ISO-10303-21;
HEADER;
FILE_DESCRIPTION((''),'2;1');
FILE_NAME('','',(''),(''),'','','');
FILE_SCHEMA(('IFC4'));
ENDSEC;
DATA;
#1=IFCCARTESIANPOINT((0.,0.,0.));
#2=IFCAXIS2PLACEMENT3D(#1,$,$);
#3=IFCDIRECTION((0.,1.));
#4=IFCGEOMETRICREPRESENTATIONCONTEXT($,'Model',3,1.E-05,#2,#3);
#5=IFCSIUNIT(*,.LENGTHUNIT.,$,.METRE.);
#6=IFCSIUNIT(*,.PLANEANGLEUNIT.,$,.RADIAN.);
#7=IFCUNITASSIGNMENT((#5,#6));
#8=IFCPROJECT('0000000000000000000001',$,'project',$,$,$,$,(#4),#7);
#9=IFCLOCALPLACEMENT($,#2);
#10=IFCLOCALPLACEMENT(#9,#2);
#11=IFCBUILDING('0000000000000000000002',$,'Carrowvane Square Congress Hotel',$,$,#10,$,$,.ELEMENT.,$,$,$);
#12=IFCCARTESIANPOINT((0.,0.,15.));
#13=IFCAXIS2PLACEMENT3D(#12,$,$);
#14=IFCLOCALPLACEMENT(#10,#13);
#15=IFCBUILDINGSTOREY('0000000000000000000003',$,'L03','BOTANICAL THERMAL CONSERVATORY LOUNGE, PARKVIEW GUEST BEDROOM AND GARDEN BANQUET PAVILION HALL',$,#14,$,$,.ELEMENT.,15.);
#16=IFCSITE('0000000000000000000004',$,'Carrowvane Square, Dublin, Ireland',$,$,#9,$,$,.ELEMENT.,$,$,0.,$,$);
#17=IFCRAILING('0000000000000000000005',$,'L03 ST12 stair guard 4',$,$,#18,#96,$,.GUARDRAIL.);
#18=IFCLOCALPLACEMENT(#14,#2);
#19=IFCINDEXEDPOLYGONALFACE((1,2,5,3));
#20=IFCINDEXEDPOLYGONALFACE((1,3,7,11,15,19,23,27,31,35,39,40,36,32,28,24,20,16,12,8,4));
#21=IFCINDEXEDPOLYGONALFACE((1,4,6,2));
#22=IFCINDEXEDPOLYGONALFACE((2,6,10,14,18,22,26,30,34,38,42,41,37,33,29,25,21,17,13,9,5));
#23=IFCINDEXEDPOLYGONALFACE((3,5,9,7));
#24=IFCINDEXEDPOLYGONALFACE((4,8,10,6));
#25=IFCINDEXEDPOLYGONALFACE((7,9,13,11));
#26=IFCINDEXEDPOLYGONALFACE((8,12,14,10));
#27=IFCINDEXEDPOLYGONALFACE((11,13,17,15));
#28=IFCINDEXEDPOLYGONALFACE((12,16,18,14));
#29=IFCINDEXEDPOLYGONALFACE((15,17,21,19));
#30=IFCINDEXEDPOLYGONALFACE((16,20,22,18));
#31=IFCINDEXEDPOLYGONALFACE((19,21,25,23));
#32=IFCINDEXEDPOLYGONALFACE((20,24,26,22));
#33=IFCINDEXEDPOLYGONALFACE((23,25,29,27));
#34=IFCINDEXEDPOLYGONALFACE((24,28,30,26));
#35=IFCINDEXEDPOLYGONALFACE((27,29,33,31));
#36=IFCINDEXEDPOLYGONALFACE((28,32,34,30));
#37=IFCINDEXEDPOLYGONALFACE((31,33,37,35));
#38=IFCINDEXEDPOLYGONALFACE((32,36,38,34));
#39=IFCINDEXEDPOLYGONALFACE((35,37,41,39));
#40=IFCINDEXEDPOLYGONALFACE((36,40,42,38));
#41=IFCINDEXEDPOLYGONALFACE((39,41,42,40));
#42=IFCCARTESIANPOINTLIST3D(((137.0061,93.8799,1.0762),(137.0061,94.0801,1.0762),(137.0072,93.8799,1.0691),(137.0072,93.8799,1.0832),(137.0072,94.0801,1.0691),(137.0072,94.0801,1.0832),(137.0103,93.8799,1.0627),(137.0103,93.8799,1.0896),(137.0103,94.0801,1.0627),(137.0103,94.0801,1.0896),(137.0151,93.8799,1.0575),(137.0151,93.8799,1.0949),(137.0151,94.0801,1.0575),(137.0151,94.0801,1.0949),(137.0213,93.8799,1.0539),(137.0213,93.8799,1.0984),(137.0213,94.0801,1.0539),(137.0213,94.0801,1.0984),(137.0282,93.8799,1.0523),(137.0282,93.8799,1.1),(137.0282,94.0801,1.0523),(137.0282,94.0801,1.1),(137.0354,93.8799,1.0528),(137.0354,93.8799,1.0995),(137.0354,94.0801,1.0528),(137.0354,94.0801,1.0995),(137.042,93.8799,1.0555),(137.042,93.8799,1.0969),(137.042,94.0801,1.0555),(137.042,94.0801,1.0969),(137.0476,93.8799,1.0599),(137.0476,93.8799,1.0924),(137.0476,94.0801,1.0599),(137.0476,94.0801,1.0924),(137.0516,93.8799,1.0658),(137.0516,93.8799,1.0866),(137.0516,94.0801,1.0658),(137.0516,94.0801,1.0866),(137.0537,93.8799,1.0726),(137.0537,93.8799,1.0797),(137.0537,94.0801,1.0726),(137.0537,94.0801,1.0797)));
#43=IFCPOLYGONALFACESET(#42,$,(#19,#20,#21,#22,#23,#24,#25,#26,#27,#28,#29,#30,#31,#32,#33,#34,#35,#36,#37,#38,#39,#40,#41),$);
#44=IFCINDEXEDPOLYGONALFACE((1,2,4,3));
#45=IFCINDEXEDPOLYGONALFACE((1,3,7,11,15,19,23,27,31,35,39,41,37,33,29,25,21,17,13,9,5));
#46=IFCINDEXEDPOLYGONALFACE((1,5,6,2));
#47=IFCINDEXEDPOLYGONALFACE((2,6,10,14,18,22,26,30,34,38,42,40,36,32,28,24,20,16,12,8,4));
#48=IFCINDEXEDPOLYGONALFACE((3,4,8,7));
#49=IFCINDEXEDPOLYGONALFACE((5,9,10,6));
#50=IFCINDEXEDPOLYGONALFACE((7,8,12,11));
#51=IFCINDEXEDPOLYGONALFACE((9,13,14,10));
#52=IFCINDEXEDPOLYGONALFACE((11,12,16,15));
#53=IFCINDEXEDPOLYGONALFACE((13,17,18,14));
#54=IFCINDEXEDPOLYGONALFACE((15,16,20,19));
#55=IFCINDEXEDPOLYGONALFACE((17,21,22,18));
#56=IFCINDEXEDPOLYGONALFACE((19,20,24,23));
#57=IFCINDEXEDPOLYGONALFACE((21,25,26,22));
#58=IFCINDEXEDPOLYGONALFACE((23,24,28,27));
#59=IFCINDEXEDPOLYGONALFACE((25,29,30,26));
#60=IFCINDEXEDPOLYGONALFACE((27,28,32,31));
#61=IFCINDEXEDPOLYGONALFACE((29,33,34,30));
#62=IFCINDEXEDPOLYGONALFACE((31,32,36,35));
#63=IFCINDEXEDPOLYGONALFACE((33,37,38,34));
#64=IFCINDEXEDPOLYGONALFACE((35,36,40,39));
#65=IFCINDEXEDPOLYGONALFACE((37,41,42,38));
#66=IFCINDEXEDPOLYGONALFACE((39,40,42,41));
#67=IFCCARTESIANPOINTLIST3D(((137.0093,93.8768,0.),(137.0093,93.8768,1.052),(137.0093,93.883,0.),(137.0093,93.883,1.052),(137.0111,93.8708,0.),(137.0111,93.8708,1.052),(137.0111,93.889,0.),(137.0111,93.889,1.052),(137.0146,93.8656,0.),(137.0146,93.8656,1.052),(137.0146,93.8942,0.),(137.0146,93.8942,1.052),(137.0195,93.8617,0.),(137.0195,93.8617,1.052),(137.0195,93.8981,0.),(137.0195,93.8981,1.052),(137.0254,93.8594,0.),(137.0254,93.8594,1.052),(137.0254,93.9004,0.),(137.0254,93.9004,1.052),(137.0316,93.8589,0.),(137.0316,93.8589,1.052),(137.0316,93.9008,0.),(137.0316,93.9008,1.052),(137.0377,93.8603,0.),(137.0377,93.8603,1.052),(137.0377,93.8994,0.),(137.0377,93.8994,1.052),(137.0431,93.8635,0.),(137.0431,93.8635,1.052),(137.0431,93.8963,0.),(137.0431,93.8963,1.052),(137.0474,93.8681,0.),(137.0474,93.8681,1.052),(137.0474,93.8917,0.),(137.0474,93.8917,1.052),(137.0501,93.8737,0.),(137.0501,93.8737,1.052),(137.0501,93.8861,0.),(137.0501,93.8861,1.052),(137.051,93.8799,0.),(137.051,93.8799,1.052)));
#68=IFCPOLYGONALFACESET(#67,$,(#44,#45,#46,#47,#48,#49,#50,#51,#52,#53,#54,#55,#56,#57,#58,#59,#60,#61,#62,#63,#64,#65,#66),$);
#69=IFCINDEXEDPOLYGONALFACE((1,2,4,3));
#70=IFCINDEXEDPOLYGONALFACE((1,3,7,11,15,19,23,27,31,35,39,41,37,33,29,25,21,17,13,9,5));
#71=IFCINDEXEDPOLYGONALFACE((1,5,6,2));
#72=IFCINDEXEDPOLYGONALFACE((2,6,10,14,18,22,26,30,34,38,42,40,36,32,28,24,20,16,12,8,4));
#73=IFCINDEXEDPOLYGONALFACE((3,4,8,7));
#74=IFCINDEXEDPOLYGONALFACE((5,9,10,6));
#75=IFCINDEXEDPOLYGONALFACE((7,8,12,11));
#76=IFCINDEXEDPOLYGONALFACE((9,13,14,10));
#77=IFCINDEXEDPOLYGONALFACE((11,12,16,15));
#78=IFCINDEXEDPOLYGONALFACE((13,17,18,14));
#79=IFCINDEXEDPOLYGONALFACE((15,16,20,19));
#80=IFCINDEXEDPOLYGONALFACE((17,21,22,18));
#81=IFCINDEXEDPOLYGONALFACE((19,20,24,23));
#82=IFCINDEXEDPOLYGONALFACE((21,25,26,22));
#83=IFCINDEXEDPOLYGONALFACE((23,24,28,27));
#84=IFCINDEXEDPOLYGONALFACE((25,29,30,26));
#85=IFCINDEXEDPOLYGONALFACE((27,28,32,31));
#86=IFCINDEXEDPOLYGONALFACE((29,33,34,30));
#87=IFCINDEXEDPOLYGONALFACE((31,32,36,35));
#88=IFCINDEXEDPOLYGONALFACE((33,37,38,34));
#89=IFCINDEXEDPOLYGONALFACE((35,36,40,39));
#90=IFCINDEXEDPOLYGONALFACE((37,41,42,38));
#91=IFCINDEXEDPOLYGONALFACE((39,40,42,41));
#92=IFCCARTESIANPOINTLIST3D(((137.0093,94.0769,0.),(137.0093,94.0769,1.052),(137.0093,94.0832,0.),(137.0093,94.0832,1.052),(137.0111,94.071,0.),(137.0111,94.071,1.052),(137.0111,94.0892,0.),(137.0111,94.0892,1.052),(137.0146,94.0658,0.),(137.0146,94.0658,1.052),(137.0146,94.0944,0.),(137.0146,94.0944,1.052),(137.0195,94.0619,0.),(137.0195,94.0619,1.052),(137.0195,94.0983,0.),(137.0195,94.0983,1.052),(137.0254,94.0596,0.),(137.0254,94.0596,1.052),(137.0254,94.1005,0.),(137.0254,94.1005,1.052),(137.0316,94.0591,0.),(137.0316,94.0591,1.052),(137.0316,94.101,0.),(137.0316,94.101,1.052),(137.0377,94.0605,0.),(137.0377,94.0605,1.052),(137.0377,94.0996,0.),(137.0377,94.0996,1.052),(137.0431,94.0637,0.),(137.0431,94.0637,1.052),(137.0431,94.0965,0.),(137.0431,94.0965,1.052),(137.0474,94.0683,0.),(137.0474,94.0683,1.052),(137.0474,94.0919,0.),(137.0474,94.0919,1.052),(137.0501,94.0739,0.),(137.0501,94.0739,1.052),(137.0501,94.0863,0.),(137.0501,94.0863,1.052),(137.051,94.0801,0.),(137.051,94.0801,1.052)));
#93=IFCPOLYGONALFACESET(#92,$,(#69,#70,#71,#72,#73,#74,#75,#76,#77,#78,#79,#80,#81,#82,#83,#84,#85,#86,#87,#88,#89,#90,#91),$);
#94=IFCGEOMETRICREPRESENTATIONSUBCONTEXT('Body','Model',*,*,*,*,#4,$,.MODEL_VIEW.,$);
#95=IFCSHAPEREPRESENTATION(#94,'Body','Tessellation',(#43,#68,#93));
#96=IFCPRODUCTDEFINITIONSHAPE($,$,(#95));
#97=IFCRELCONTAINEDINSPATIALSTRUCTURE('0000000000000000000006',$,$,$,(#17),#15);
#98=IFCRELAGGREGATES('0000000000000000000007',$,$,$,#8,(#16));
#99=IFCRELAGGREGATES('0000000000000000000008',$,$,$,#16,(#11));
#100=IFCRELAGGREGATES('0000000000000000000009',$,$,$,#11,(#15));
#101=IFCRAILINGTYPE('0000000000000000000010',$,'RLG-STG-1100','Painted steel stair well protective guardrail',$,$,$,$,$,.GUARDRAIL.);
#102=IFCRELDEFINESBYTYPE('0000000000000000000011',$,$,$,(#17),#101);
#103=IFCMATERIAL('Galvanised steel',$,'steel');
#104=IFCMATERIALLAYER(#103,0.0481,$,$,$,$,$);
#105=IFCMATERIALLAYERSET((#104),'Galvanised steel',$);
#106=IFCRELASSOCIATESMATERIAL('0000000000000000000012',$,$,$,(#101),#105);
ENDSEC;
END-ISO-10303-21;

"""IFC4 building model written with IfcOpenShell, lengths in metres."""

from ifc_helpers import new_model, si_unit, direction, frame, origin, origin_2d, place, context, subcontext, project, spatial, circle, extrude, material, layer, layer_set, type_object, element, save


model = new_model("IFC4")

# Units and contexts
model_context = context("Model", 3, precision=1e-05, world=origin(), true_north=direction((0.0, 1.0)))
body_context = subcontext(model_context, "Body", "Model", "MODEL_VIEW")
ifc_project = project(units=[si_unit("LENGTHUNIT", "METRE"), si_unit("PLANEANGLEUNIT", "RADIAN")], contexts=[model_context])

# Site, building, storey
site_placement = place(None, origin())
site = spatial("IfcSite", under=ifc_project, at=site_placement, Name="Carrowvane Square, Dublin, Ireland", CompositionType="ELEMENT", RefElevation=0.0)
building_placement = place(site_placement, origin())
building = spatial("IfcBuilding", under=site, at=building_placement, Name="Carrowvane Square Congress Hotel", CompositionType="ELEMENT")
storey_placement = place(building_placement, frame((0.0, 0.0, 15.0)))
storey = spatial("IfcBuildingStorey", under=building, at=storey_placement, Name="L03", Description="BOTANICAL THERMAL CONSERVATORY LOUNGE, PARKVIEW GUEST BEDROOM AND GARDEN BANQUET PAVILION HALL", CompositionType="ELEMENT", Elevation=15.0)

# Railing
ifc_material_1 = material(Name="Galvanised steel", Category="steel")
ifc_layer_1 = layer(ifc_material_1, 0.0481)
ifc_layer_set_1 = layer_set([ifc_layer_1], Name="Galvanised steel")
railing_type_1 = type_object("IfcRailingType", Name="RLG-STG-1100", Description="Painted steel stair well protective guardrail", PredefinedType="GUARDRAIL", material=ifc_layer_set_1)
railing_1_placement = place(storey_placement, frame((137.03, 93.8799, 0.0)))
element("IfcRailing", 1, at=railing_1_placement, inside=storey, type_object=railing_type_1, Name="L03 ST12 stair guard 4", PredefinedType="GUARDRAIL", context=body_context, shape_type="SweptSolid", body=[
    extrude(circle(Radius=0.0239, at=origin_2d()), frame((0.0, 0.0, 1.0762), z_axis=(0.0, 1.0, 0.0), x_axis=(-1.0, 0.0, 0.0)), (0.0, 0.0, 1.0), 0.2002),
    extrude(circle(Radius=0.021, at=origin_2d()), origin(), (0.0, 0.0, 1.0), 1.052),
    extrude(circle(Radius=0.021, at=origin_2d()), frame((0.0, 0.2002, 0.0)), (0.0, 0.0, 1.0), 1.052),
])

save(model, "model.ifc")
